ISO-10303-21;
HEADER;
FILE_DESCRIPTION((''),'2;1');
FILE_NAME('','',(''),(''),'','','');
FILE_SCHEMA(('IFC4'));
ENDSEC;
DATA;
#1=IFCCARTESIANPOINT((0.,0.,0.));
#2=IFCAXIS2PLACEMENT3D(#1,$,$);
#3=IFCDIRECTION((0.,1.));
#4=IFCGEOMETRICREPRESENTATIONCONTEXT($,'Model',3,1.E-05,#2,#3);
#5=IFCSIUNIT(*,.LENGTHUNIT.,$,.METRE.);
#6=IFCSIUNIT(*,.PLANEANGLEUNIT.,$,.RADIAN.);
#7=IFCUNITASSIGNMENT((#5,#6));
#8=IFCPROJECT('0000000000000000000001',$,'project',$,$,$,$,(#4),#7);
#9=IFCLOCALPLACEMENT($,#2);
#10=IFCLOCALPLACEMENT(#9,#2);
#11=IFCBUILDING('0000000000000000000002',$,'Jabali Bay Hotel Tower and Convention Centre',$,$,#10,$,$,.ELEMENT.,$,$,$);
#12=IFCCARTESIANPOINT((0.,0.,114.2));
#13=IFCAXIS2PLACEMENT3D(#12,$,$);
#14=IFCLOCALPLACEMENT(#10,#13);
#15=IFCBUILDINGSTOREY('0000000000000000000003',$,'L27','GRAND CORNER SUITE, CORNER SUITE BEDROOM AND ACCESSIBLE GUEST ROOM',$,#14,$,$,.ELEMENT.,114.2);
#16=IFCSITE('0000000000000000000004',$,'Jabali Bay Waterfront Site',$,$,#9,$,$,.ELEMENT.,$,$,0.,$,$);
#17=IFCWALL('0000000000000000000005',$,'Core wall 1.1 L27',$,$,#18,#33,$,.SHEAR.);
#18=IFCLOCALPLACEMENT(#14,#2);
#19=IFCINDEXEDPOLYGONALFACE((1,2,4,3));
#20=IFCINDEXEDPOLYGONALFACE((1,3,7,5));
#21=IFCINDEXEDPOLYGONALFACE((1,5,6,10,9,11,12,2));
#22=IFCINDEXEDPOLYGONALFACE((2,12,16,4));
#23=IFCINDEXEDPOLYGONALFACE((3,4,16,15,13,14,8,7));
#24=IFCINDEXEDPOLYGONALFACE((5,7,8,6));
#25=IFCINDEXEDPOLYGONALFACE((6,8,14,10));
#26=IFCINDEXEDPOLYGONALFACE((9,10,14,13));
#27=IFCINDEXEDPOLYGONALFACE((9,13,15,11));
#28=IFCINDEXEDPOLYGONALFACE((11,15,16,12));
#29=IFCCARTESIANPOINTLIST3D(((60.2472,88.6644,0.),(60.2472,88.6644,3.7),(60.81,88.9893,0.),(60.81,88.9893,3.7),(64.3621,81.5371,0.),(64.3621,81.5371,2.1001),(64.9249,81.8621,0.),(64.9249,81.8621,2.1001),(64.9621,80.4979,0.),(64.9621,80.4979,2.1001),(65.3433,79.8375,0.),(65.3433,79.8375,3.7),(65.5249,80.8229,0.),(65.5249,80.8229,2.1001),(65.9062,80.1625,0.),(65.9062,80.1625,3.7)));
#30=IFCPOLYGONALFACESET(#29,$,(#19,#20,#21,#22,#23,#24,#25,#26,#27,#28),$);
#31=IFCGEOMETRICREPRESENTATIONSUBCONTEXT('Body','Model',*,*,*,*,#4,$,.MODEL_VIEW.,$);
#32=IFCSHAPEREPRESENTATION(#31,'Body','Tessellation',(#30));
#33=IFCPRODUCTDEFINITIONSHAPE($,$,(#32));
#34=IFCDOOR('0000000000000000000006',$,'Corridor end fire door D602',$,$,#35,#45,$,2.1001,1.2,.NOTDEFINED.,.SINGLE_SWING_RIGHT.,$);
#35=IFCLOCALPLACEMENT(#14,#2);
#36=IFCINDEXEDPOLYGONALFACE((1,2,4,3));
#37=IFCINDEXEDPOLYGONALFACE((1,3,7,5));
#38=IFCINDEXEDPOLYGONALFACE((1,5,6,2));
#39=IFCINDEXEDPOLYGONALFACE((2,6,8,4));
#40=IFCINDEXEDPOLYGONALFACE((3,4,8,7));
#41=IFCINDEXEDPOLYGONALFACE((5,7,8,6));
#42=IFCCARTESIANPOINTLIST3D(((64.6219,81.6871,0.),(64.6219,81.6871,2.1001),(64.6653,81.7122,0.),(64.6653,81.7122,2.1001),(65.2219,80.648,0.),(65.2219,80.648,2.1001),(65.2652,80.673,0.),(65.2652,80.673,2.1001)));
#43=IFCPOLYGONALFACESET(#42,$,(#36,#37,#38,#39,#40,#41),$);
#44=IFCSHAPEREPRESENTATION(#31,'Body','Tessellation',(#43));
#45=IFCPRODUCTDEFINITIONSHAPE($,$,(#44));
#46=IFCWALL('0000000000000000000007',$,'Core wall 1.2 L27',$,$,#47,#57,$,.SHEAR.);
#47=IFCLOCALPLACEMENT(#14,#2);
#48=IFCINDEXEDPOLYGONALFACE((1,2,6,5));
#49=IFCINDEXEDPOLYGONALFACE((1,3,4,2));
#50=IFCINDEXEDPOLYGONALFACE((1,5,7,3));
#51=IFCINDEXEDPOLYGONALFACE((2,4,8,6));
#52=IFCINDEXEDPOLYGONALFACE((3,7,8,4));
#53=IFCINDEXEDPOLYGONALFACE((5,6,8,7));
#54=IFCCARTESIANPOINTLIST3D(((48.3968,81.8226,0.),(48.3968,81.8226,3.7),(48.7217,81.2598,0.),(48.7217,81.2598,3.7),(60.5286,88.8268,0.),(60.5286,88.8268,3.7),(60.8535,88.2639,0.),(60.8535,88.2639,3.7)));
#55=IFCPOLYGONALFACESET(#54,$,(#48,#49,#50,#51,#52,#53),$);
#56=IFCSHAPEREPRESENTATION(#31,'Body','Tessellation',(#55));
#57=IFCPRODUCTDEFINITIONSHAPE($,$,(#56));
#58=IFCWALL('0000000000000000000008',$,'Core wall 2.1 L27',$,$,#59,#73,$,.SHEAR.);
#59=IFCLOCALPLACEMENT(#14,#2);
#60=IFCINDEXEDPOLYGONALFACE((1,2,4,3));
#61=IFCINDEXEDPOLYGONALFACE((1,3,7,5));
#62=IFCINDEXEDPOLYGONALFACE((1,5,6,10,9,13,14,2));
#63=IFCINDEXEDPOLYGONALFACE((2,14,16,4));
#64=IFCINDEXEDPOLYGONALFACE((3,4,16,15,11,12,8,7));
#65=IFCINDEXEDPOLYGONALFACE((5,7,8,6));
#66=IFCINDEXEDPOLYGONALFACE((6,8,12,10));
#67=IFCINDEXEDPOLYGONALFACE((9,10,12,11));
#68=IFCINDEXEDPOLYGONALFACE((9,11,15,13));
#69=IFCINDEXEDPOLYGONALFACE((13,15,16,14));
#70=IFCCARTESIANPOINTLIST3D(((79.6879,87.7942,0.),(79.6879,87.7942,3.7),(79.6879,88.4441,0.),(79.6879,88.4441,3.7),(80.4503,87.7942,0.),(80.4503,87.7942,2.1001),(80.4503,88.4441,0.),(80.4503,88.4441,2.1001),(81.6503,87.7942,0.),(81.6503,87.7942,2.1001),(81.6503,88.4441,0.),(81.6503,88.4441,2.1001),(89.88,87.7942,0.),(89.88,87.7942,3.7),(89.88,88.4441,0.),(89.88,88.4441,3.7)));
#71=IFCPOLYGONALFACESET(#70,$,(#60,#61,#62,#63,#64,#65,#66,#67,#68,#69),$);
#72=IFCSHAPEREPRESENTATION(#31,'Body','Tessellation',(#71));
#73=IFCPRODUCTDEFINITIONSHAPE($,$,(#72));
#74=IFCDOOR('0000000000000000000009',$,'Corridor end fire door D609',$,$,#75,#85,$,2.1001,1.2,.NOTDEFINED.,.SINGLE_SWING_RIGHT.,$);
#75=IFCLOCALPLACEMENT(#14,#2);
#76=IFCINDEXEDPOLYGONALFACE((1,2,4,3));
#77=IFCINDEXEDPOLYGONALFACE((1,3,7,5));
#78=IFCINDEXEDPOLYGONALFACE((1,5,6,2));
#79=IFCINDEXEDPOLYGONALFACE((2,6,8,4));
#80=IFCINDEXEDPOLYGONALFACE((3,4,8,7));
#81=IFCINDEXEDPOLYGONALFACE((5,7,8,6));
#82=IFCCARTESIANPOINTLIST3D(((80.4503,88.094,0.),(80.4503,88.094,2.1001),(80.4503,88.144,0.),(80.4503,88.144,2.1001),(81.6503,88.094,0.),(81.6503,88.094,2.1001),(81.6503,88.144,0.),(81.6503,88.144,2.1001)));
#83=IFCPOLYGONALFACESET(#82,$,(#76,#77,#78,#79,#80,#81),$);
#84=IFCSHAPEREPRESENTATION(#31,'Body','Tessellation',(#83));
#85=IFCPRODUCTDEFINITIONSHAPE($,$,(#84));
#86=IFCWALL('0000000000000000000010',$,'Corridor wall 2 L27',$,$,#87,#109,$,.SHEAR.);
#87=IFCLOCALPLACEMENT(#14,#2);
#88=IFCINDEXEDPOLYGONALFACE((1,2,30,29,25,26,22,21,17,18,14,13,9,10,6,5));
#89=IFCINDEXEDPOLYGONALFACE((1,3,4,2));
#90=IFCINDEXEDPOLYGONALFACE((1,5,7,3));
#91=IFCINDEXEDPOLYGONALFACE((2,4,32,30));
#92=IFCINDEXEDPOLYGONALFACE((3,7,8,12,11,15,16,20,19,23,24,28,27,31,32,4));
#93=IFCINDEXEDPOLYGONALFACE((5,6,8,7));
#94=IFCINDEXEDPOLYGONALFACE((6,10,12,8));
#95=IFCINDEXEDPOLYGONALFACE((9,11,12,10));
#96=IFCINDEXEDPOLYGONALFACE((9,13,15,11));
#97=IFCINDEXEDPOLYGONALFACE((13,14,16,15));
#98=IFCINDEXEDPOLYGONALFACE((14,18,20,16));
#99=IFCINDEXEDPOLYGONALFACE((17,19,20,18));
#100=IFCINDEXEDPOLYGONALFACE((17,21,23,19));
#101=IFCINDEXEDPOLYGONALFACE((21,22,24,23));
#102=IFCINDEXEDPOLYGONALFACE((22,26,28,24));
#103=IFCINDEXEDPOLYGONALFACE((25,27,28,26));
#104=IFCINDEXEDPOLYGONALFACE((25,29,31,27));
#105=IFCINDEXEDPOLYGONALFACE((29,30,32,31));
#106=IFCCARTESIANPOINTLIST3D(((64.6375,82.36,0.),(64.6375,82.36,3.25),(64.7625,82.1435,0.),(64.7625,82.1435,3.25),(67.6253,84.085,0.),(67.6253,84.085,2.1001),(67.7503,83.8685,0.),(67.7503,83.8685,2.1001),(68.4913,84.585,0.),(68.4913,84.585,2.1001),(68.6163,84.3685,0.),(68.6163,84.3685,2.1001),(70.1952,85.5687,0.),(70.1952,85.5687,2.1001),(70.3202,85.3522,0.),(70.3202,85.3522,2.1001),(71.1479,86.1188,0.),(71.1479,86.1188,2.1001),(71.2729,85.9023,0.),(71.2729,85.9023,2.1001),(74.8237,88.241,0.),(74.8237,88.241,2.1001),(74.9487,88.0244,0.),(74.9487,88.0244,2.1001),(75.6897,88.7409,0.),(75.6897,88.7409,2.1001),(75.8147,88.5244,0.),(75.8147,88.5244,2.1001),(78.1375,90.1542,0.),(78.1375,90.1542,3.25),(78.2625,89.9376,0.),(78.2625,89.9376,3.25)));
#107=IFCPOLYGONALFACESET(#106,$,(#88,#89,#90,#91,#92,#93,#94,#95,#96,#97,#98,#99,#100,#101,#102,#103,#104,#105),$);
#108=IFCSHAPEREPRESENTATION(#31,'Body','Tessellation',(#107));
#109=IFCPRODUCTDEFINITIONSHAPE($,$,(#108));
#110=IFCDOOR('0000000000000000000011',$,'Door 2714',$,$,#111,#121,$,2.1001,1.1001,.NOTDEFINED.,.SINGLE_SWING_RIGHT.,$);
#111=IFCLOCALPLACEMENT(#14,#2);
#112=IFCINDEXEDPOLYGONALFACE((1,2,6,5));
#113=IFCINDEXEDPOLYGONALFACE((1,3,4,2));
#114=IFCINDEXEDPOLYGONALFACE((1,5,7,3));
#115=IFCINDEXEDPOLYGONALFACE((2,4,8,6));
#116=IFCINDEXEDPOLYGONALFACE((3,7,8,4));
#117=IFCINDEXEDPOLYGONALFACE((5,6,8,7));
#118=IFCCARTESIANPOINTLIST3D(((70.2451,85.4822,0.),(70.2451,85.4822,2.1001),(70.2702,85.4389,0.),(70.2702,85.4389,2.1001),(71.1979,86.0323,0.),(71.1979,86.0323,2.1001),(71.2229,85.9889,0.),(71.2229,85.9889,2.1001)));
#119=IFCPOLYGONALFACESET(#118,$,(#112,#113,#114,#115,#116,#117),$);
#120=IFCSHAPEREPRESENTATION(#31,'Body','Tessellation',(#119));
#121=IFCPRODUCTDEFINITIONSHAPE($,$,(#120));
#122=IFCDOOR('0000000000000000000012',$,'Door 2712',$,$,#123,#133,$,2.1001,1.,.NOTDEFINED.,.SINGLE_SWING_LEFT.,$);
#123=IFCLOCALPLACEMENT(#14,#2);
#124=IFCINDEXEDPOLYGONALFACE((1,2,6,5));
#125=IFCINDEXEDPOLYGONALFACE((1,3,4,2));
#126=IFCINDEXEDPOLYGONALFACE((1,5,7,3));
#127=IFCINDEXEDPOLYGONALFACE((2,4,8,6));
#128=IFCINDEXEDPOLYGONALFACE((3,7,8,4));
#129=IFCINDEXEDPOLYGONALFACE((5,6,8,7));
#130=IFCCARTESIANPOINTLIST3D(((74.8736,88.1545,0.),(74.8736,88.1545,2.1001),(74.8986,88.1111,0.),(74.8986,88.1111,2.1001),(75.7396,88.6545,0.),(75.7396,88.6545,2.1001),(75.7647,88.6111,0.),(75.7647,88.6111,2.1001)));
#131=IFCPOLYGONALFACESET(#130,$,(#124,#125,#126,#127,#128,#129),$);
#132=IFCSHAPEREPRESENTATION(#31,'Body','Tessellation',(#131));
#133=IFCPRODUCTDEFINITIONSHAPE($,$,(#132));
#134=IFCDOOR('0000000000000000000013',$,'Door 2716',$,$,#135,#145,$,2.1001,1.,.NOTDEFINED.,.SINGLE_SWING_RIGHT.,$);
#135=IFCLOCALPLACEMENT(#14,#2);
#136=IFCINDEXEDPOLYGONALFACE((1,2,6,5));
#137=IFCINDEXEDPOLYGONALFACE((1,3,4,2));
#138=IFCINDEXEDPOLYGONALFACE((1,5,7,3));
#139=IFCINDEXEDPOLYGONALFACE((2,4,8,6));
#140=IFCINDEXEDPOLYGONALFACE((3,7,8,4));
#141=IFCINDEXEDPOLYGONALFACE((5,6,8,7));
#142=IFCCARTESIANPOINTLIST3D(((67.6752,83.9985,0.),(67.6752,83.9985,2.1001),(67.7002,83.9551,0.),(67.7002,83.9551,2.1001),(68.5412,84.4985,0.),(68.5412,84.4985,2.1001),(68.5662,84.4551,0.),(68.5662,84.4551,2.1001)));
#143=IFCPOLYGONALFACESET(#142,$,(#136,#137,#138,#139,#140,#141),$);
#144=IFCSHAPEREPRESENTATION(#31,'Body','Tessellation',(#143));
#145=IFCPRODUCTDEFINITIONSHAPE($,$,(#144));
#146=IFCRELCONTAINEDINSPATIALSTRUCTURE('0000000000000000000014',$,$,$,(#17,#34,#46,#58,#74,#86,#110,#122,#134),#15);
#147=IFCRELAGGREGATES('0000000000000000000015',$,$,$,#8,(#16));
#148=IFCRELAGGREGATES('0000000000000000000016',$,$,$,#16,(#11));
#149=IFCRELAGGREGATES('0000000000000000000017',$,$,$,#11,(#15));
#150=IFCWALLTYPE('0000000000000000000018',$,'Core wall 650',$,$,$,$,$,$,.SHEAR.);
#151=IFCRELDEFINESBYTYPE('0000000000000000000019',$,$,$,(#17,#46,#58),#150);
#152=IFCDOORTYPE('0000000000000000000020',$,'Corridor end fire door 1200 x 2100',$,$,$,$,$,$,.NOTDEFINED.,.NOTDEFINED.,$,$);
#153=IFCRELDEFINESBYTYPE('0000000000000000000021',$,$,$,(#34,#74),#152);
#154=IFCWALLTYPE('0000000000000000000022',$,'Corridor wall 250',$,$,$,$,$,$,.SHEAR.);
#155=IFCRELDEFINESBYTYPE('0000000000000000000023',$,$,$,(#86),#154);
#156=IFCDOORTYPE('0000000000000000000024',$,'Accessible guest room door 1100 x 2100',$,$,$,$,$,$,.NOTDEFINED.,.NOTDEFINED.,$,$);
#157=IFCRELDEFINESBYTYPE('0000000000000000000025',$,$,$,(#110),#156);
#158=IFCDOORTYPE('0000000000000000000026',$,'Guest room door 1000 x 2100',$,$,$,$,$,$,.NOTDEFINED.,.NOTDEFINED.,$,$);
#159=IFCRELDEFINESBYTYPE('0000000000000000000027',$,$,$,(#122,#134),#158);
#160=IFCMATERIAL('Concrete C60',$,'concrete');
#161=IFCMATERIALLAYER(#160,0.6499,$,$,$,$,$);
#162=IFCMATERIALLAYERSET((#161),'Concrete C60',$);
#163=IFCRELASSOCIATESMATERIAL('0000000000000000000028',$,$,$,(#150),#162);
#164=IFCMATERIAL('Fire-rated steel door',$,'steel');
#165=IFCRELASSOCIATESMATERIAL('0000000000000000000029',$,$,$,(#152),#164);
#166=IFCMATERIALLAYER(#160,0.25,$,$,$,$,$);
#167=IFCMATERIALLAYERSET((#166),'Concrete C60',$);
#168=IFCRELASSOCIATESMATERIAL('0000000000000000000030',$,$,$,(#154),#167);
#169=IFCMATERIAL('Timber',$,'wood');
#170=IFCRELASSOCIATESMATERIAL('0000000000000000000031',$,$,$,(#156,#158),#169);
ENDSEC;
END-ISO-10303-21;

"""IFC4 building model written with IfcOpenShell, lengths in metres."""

from ifc_helpers import new_model, si_unit, direction, frame, frame_2d, origin, place, context, subcontext, project, spatial, rectangle, extrude, material, layer, layer_set, type_object, element, fill, save


model = new_model("IFC4")

# Units and contexts
model_context = context("Model", 3, precision=1e-05, world=origin(), true_north=direction((0.0, 1.0)))
body_context = subcontext(model_context, "Body", "Model", "MODEL_VIEW")
ifc_project = project(units=[si_unit("LENGTHUNIT", "METRE"), si_unit("PLANEANGLEUNIT", "RADIAN")], contexts=[model_context])

# Site, building, storey
site_placement = place(None, origin())
site = spatial("IfcSite", under=ifc_project, at=site_placement, Name="Jabali Bay Waterfront Site", CompositionType="ELEMENT", RefElevation=0.0)
building_placement = place(site_placement, origin())
building = spatial("IfcBuilding", under=site, at=building_placement, Name="Jabali Bay Hotel Tower and Convention Centre", CompositionType="ELEMENT")
storey_placement = place(building_placement, frame((0.0, 0.0, 114.2)))
storey = spatial("IfcBuildingStorey", under=building, at=storey_placement, Name="L27", Description="GRAND CORNER SUITE, CORNER SUITE BEDROOM AND ACCESSIBLE GUEST ROOM", CompositionType="ELEMENT", Elevation=114.2)

# Shared definitions
ifc_material_1 = material(Name="Fire-rated steel door", Category="steel")

# Wall, opening, door
ifc_material_2 = material(Name="Concrete C60", Category="concrete")
ifc_layer_1 = layer(ifc_material_2, 0.6499)
ifc_layer_set_1 = layer_set([ifc_layer_1], Name="Concrete C60")
wall_type_1 = type_object("IfcWallType", Name="Core wall 650", PredefinedType="SHEAR", material=ifc_layer_set_1)
wall_1_placement = place(storey_placement, frame((65.6248, 80.0, 0.0), z_axis=(0.0, 0.0, 1.0), x_axis=(-0.499998, 0.866026, 0.0)))
wall_1 = element("IfcWall", 1, at=wall_1_placement, inside=storey, type_object=wall_type_1, Name="Core wall 1.1 L27", PredefinedType="SHEAR", context=body_context, shape_type="SweptSolid", body=[
    extrude(rectangle(XDim=10.1924, YDim=0.6499, at=frame_2d((5.0962, 0.0))), origin(), (0.0, 0.0, 1.0), 3.7),
])
opening_1_placement = place(wall_1_placement, frame((0.7625, 0.0, 0.0)))
opening_1 = element("IfcOpeningElement", 2, at=opening_1_placement, cuts=wall_1, PredefinedType="OPENING", context=body_context, shape_type="SweptSolid", body=[
    extrude(rectangle(XDim=1.2, YDim=2.1001, at=frame_2d((0.6001, 1.05))), frame((0.0, 0.3354, 0.0), z_axis=(0.0, -1.0, 0.0), x_axis=(1.0, 0.0, 0.0)), (0.0, 0.0, 1.0), 0.6709),
])
door_type_1 = type_object("IfcDoorType", Name="Corridor end fire door 1200 x 2100", OperationType="NOTDEFINED", PredefinedType="NOTDEFINED", material=ifc_material_1)
door_1_placement = place(opening_1_placement, origin())
door_1 = element("IfcDoor", 3, at=door_1_placement, inside=storey, type_object=door_type_1, Name="Corridor end fire door D602", OperationType="SINGLE_SWING_RIGHT", OverallHeight=2.1001, OverallWidth=1.2, PredefinedType="NOTDEFINED", context=body_context, shape_type="SweptSolid", body=[
    extrude(rectangle(XDim=1.2, YDim=2.1001, at=frame_2d((0.6001, 1.05))), frame((0.0, 0.0249, 0.0), z_axis=(0.0, -1.0, 0.0), x_axis=(1.0, 0.0, 0.0)), (0.0, 0.0, 1.0), 0.05),
])
fill(opening_1, door_1)

# Wall
wall_2_placement = place(storey_placement, frame((60.6912, 88.5454, 0.0), z_axis=(0.0, 0.0, 1.0), x_axis=(-0.866031, -0.499991, 0.0)))
element("IfcWall", 4, at=wall_2_placement, inside=storey, type_object=wall_type_1, Name="Core wall 1.2 L27", PredefinedType="SHEAR", context=body_context, shape_type="SweptSolid", body=[
    extrude(rectangle(XDim=14.0085, YDim=0.6499, at=frame_2d((7.0044, 0.0))), origin(), (0.0, 0.0, 1.0), 3.7),
])

# Wall, opening, door
wall_3_placement = place(storey_placement, frame((79.6877, 88.1191, 0.0), z_axis=(0.0, 0.0, 1.0), x_axis=(1.0, 0.0, 0.0)))
wall_3 = element("IfcWall", 5, at=wall_3_placement, inside=storey, type_object=wall_type_1, Name="Core wall 2.1 L27", PredefinedType="SHEAR", context=body_context, shape_type="SweptSolid", body=[
    extrude(rectangle(XDim=10.1921, YDim=0.6499, at=frame_2d((5.0962, 0.0))), origin(), (0.0, 0.0, 1.0), 3.7),
])
opening_2_placement = place(wall_3_placement, frame((0.7625, 0.0, 0.0)))
opening_2 = element("IfcOpeningElement", 6, at=opening_2_placement, cuts=wall_3, PredefinedType="OPENING", context=body_context, shape_type="SweptSolid", body=[
    extrude(rectangle(XDim=1.2, YDim=2.1001, at=frame_2d((0.6001, 1.05))), frame((0.0, 0.3354, 0.0), z_axis=(0.0, -1.0, 0.0), x_axis=(1.0, 0.0, 0.0)), (0.0, 0.0, 1.0), 0.6709),
])
door_2_placement = place(opening_2_placement, origin())
door_2 = element("IfcDoor", 7, at=door_2_placement, inside=storey, type_object=door_type_1, Name="Corridor end fire door D609", OperationType="SINGLE_SWING_RIGHT", OverallHeight=2.1001, OverallWidth=1.2, PredefinedType="NOTDEFINED", context=body_context, shape_type="SweptSolid", body=[
    extrude(rectangle(XDim=1.2, YDim=2.1001, at=frame_2d((0.6001, 1.05))), frame((0.0, 0.0249, 0.0), z_axis=(0.0, -1.0, 0.0), x_axis=(1.0, 0.0, 0.0)), (0.0, 0.0, 1.0), 0.05),
])
fill(opening_2, door_2)

# Wall, openings, doors
ifc_layer_2 = layer(ifc_material_2, 0.25)
ifc_layer_set_2 = layer_set([ifc_layer_2], Name="Concrete C60")
wall_type_2 = type_object("IfcWallType", Name="Corridor wall 250", PredefinedType="SHEAR", material=ifc_layer_set_2)
wall_4_placement = place(storey_placement, frame((78.2, 90.0459, 0.0), z_axis=(0.0, 0.0, 1.0), x_axis=(-0.866026, -0.499998, 0.0)))
wall_4 = element("IfcWall", 8, at=wall_4_placement, inside=storey, type_object=wall_type_2, Name="Corridor wall 2 L27", PredefinedType="SHEAR", context=body_context, shape_type="SweptSolid", body=[
    extrude(rectangle(XDim=15.5884, YDim=0.25, at=frame_2d((7.7942, 0.0))), origin(), (0.0, 0.0, 1.0), 3.25),
])
opening_3_placement = place(wall_4_placement, frame((2.8264, 0.0, 0.0)))
opening_3 = element("IfcOpeningElement", 9, at=opening_3_placement, cuts=wall_4, PredefinedType="OPENING", context=body_context, shape_type="SweptSolid", body=[
    extrude(rectangle(XDim=1.0, YDim=2.1001, at=frame_2d((0.5, 1.05))), frame((0.0, 0.1355, 0.0), z_axis=(0.0, -1.0, 0.0), x_axis=(1.0, 0.0, 0.0)), (0.0, 0.0, 1.0), 0.271),
])
opening_4_placement = place(wall_4_placement, frame((8.0708, 0.0, 0.0)))
opening_4 = element("IfcOpeningElement", 10, at=opening_4_placement, cuts=wall_4, PredefinedType="OPENING", context=body_context, shape_type="SweptSolid", body=[
    extrude(rectangle(XDim=1.1001, YDim=2.1001, at=frame_2d((0.55, 1.05))), frame((0.0, 0.1355, 0.0), z_axis=(0.0, -1.0, 0.0), x_axis=(1.0, 0.0, 0.0)), (0.0, 0.0, 1.0), 0.271),
])
opening_5_placement = place(wall_4_placement, frame((11.1384, 0.0, 0.0)))
opening_5 = element("IfcOpeningElement", 11, at=opening_5_placement, cuts=wall_4, PredefinedType="OPENING", context=body_context, shape_type="SweptSolid", body=[
    extrude(rectangle(XDim=1.0, YDim=2.1001, at=frame_2d((0.5, 1.05))), frame((0.0, 0.1355, 0.0), z_axis=(0.0, -1.0, 0.0), x_axis=(1.0, 0.0, 0.0)), (0.0, 0.0, 1.0), 0.271),
])
ifc_material_3 = material(Name="Timber", Category="wood")
door_type_2 = type_object("IfcDoorType", Name="Accessible guest room door 1100 x 2100", OperationType="NOTDEFINED", PredefinedType="NOTDEFINED", material=ifc_material_3)
door_3_placement = place(opening_4_placement, origin())
door_3 = element("IfcDoor", 12, at=door_3_placement, inside=storey, type_object=door_type_2, Name="Door 2714", OperationType="SINGLE_SWING_RIGHT", OverallHeight=2.1001, OverallWidth=1.1001, PredefinedType="NOTDEFINED", context=body_context, shape_type="SweptSolid", body=[
    extrude(rectangle(XDim=1.1001, YDim=2.1001, at=frame_2d((0.55, 1.05))), frame((0.0, 0.0249, 0.0), z_axis=(0.0, -1.0, 0.0), x_axis=(1.0, 0.0, 0.0)), (0.0, 0.0, 1.0), 0.05),
])
fill(opening_4, door_3)
door_type_3 = type_object("IfcDoorType", Name="Guest room door 1000 x 2100", OperationType="NOTDEFINED", PredefinedType="NOTDEFINED", material=ifc_material_3)
door_4_placement = place(opening_3_placement, origin())
door_4 = element("IfcDoor", 13, at=door_4_placement, inside=storey, type_object=door_type_3, Name="Door 2712", OperationType="SINGLE_SWING_LEFT", OverallHeight=2.1001, OverallWidth=1.0, PredefinedType="NOTDEFINED", context=body_context, shape_type="SweptSolid", body=[
    extrude(rectangle(XDim=1.0, YDim=2.1001, at=frame_2d((0.5, 1.05))), frame((0.0, 0.0249, 0.0), z_axis=(0.0, -1.0, 0.0), x_axis=(1.0, 0.0, 0.0)), (0.0, 0.0, 1.0), 0.05),
])
fill(opening_3, door_4)
door_5_placement = place(opening_5_placement, origin())
door_5 = element("IfcDoor", 14, at=door_5_placement, inside=storey, type_object=door_type_3, Name="Door 2716", OperationType="SINGLE_SWING_RIGHT", OverallHeight=2.1001, OverallWidth=1.0, PredefinedType="NOTDEFINED", context=body_context, shape_type="SweptSolid", body=[
    extrude(rectangle(XDim=1.0, YDim=2.1001, at=frame_2d((0.5, 1.05))), frame((0.0, 0.0249, 0.0), z_axis=(0.0, -1.0, 0.0), x_axis=(1.0, 0.0, 0.0)), (0.0, 0.0, 1.0), 0.05),
])
fill(opening_5, door_5)

save(model, "model.ifc")
